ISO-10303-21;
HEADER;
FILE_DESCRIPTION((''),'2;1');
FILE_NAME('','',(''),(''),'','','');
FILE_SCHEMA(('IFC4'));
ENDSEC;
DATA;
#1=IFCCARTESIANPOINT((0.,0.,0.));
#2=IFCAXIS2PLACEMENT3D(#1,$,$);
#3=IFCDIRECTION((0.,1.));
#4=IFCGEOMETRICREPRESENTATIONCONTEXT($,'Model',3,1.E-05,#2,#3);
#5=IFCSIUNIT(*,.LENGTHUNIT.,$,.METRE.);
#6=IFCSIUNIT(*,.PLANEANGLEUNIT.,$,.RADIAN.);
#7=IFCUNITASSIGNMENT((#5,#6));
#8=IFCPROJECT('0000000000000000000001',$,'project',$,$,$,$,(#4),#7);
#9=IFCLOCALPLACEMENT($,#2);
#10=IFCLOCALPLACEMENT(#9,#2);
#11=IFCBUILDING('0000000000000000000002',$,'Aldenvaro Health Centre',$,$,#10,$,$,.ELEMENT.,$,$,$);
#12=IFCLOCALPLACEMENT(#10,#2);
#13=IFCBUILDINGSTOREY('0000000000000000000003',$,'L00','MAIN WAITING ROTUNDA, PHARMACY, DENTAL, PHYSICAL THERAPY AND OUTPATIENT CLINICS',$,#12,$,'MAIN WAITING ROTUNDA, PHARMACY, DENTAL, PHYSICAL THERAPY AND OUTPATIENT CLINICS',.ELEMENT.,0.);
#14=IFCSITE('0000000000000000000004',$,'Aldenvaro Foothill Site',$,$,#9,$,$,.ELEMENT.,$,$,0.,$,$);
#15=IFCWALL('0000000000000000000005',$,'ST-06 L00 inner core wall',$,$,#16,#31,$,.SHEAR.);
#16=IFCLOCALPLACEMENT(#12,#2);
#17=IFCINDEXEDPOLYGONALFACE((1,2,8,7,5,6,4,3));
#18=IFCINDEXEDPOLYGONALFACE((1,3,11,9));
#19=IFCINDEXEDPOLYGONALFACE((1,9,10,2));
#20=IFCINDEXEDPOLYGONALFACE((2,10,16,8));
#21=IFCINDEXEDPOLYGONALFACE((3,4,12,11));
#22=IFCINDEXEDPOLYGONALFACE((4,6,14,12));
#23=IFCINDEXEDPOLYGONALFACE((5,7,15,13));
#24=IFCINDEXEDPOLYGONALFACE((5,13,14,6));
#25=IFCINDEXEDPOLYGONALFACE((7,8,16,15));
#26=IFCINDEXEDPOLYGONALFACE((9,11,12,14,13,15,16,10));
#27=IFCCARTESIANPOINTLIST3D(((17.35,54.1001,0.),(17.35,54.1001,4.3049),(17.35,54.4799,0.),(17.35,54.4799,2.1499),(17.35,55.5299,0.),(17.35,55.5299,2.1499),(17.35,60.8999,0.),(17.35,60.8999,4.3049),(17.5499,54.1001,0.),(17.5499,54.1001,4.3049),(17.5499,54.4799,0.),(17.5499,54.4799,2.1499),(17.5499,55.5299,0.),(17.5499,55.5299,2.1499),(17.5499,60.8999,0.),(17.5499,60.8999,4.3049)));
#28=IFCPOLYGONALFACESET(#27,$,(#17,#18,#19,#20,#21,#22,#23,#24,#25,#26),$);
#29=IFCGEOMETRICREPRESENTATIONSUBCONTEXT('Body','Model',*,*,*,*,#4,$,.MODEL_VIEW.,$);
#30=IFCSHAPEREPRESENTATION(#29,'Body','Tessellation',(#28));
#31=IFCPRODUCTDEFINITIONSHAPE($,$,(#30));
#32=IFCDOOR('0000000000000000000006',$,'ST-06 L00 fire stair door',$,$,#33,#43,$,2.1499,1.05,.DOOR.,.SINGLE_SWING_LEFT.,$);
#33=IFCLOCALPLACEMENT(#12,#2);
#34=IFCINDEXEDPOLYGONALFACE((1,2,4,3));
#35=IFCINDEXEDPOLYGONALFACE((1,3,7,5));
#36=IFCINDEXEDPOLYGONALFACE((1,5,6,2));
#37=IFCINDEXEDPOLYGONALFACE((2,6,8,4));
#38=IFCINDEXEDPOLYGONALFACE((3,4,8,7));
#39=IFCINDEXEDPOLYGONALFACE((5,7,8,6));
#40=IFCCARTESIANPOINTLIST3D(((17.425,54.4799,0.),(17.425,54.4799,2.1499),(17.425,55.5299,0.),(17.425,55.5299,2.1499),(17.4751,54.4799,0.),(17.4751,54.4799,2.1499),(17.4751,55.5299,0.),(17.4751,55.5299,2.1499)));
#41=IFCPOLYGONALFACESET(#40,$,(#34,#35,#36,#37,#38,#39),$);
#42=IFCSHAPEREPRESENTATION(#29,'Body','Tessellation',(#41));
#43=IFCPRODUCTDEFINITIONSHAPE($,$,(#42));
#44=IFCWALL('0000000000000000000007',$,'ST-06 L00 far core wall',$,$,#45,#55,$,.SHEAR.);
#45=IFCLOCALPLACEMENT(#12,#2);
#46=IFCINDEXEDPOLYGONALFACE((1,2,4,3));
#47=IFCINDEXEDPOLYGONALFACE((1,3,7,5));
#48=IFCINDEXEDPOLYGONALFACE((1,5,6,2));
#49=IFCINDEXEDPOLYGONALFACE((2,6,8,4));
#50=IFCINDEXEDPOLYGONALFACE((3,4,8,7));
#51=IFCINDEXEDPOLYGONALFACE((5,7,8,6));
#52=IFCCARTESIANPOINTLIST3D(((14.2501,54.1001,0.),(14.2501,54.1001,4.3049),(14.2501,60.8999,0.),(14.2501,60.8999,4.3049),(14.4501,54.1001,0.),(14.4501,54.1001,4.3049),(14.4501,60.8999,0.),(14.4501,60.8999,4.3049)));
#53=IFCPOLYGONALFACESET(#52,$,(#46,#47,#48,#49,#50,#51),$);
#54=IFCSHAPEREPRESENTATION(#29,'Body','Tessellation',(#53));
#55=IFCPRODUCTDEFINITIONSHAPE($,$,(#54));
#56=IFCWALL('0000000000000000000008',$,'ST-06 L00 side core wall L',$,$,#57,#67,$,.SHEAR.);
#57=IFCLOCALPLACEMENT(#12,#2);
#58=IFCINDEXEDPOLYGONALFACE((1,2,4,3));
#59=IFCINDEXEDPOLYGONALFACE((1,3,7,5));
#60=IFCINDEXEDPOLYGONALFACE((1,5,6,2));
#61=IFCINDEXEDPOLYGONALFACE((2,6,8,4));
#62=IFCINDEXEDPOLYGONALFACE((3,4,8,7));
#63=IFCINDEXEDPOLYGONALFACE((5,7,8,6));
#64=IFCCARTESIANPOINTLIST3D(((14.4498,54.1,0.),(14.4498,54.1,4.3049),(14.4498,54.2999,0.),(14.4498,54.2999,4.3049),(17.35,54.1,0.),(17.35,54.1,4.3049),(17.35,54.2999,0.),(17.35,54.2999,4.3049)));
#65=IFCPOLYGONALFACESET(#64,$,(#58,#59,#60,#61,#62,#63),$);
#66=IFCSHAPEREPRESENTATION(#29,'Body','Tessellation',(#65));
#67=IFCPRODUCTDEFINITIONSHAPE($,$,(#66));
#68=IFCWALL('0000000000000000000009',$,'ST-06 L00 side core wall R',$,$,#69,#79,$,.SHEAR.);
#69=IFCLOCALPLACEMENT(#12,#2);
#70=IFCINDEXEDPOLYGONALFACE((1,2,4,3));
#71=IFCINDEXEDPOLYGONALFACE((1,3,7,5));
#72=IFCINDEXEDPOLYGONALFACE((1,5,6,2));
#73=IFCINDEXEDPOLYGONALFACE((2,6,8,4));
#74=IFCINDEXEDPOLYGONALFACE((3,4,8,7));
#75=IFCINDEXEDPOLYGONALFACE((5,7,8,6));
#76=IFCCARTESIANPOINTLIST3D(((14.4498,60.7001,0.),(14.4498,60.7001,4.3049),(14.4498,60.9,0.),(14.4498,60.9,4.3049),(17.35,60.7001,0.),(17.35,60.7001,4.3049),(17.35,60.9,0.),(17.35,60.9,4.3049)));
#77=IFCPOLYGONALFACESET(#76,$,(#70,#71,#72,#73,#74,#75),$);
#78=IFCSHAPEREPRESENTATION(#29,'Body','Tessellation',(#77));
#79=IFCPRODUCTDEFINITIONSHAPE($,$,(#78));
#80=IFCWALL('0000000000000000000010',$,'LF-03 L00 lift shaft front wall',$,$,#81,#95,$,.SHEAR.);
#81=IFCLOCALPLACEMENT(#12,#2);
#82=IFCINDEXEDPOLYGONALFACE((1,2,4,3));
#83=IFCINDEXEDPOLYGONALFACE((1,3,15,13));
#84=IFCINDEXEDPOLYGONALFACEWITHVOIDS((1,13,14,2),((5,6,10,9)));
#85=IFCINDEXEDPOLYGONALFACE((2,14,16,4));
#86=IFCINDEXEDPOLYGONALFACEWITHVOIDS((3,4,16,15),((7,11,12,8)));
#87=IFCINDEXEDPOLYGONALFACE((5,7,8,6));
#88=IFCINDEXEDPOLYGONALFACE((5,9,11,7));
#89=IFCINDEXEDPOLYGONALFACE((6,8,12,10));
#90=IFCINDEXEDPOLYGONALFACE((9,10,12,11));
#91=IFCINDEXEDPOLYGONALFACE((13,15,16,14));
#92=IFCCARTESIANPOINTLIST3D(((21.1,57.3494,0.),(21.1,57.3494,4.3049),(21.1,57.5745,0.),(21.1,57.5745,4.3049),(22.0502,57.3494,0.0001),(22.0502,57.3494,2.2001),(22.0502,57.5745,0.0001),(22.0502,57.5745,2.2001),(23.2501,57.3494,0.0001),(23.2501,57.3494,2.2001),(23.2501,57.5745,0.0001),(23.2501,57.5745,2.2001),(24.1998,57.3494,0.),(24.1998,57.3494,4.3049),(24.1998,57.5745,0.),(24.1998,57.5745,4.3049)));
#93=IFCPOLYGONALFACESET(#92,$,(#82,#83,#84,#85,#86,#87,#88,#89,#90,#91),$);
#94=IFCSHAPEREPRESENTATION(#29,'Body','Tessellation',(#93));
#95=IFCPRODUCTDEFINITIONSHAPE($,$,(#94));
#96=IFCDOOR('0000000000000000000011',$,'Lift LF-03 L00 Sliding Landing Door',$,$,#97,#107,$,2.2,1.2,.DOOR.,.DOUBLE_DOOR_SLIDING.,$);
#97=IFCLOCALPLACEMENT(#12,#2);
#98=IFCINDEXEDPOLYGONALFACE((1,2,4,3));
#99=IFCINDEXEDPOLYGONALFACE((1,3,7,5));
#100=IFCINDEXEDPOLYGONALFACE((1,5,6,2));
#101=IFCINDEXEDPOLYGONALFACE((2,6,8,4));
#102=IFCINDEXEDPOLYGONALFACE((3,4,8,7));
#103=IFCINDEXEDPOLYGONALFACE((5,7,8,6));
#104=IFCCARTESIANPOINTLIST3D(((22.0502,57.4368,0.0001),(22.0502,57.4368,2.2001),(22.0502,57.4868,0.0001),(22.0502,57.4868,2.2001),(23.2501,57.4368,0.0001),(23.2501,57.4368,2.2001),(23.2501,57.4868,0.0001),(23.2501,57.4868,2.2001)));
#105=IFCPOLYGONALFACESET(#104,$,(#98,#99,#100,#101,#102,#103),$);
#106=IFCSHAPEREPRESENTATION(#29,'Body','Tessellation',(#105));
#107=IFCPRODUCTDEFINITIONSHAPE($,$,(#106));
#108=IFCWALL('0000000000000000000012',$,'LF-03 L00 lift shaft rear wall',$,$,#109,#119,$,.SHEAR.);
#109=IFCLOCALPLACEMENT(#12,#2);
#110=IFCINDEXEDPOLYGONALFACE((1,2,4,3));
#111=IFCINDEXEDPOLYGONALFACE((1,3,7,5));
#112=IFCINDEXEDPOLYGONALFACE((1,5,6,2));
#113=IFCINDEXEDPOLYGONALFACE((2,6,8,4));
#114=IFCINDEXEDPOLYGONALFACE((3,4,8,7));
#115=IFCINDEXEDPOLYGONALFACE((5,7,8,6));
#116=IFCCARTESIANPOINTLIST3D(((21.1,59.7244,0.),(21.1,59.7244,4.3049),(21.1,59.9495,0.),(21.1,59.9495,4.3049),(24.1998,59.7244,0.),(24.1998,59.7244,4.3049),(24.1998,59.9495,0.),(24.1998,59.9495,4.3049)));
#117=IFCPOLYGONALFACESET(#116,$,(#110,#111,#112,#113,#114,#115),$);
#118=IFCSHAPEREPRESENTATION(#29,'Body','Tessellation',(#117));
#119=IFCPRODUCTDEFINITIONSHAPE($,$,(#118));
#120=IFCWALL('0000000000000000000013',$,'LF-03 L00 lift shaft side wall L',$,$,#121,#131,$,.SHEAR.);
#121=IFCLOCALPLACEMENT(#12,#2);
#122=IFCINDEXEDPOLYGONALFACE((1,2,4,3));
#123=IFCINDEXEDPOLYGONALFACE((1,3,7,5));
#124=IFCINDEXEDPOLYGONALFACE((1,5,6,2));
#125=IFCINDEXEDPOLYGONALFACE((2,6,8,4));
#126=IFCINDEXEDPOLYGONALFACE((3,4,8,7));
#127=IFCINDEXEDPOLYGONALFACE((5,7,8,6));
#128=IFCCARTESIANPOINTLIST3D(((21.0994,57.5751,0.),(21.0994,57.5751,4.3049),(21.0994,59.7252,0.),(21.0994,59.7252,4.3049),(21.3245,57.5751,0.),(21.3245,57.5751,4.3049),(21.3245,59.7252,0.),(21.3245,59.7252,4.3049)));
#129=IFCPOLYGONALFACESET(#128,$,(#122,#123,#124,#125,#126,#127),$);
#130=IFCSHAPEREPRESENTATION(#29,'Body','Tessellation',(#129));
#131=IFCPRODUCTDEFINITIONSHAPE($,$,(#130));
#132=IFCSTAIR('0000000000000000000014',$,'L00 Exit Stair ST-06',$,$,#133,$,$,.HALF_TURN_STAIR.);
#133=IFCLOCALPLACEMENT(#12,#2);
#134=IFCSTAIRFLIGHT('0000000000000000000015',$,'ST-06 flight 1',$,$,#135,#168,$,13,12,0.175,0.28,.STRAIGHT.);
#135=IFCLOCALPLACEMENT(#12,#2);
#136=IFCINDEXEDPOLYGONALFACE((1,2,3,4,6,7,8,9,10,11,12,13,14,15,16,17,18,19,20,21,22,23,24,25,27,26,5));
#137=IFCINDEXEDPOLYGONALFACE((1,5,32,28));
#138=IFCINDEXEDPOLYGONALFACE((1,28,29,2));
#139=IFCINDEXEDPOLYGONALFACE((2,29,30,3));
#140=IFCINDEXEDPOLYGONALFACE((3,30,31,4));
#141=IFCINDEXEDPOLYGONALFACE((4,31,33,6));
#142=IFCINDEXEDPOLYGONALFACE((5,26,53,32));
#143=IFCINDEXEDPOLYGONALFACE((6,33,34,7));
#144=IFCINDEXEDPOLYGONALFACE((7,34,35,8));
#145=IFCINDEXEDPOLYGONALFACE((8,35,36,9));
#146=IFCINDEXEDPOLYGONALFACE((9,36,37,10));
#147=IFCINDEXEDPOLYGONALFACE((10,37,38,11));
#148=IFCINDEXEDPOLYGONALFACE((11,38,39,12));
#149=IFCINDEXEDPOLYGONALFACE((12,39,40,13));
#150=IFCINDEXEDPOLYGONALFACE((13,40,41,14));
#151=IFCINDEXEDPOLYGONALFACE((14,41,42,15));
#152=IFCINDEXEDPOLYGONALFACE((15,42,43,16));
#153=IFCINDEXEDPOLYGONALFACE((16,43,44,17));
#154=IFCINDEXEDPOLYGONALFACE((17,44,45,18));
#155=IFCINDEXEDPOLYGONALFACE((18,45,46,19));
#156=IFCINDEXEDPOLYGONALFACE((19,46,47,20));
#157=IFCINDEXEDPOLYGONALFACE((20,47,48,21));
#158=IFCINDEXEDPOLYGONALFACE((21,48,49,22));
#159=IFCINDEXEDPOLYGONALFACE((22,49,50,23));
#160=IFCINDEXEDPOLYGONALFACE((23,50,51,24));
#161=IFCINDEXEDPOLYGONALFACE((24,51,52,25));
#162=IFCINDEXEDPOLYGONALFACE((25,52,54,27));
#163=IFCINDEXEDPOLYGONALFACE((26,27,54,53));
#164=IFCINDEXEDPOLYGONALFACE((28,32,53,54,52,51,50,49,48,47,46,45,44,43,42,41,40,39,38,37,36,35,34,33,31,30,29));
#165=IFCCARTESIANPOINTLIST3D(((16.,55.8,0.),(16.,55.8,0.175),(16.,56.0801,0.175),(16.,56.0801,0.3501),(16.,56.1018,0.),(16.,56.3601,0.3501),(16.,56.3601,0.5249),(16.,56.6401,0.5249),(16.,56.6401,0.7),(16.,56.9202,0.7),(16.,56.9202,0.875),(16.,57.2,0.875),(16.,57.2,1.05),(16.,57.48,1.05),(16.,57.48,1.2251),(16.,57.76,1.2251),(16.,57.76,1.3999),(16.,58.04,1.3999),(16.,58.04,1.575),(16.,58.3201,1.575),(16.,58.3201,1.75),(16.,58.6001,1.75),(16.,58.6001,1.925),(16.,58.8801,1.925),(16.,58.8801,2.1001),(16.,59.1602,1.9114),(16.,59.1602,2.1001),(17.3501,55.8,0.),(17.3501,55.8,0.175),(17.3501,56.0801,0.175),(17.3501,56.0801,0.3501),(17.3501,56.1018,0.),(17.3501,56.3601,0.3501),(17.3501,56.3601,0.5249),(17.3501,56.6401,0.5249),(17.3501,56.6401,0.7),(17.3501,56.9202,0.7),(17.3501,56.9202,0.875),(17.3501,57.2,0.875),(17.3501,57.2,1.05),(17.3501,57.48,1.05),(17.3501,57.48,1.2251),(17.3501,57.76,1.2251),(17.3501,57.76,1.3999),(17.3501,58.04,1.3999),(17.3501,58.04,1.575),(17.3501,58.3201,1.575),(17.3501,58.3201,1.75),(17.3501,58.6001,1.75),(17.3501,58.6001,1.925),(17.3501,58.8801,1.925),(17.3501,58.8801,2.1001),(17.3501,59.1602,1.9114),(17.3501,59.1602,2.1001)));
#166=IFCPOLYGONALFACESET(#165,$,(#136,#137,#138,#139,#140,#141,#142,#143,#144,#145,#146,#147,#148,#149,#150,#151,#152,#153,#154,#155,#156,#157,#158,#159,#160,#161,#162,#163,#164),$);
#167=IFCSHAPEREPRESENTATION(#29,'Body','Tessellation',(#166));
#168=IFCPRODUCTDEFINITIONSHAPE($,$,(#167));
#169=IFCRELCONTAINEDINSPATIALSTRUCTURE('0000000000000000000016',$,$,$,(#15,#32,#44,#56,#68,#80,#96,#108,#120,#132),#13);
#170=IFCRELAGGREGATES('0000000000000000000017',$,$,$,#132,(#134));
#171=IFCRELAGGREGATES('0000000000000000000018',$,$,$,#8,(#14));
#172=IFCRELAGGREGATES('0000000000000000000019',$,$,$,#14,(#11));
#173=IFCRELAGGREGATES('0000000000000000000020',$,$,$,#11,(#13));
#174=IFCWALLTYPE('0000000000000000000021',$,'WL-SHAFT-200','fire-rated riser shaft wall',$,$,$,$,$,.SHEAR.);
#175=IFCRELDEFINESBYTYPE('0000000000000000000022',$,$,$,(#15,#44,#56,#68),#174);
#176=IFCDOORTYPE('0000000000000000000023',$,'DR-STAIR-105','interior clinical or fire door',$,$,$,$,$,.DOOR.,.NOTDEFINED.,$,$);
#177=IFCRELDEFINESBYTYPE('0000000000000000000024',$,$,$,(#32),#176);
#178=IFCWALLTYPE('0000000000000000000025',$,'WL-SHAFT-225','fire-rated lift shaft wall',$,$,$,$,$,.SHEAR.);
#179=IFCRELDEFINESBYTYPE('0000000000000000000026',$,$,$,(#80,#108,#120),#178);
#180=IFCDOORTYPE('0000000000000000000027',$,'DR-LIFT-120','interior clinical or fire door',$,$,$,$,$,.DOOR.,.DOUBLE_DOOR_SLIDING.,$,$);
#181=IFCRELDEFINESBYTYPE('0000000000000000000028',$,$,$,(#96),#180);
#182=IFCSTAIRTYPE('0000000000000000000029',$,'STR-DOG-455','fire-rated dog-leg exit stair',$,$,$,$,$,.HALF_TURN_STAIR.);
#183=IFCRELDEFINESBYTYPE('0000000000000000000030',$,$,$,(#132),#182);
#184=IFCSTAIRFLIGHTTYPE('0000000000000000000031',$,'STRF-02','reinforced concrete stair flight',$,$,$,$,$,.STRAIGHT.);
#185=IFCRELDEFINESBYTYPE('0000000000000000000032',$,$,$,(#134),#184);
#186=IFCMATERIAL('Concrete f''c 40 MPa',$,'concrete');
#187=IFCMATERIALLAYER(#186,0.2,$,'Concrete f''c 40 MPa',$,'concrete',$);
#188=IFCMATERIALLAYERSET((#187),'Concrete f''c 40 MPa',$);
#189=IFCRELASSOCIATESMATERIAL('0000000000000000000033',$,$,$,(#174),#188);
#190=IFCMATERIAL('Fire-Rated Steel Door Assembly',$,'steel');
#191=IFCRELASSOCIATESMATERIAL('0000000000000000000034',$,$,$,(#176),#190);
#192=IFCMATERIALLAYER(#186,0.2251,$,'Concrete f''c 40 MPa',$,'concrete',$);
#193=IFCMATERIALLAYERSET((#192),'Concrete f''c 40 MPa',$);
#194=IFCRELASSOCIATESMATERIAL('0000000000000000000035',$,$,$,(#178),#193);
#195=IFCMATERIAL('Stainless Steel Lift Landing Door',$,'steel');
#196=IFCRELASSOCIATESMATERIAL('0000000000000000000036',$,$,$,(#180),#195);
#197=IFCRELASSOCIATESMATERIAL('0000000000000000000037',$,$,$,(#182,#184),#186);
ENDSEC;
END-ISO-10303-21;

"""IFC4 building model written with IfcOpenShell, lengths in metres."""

from ifc_helpers import new_model, si_unit, direction, frame, frame_2d, origin, place, context, subcontext, project, spatial, polyline, rectangle, outline, extrude, material, layer, layer_set, type_object, element, fill, aggregate, save


model = new_model("IFC4")

# Units and contexts
model_context = context("Model", 3, precision=1e-05, world=origin(), true_north=direction((0.0, 1.0)))
body_context = subcontext(model_context, "Body", "Model", "MODEL_VIEW")
ifc_project = project(units=[si_unit("LENGTHUNIT", "METRE"), si_unit("PLANEANGLEUNIT", "RADIAN")], contexts=[model_context])

# Site, building, storey
site_placement = place(None, origin())
site = spatial("IfcSite", under=ifc_project, at=site_placement, Name="Aldenvaro Foothill Site", CompositionType="ELEMENT", RefElevation=0.0)
building_placement = place(site_placement, origin())
building = spatial("IfcBuilding", under=site, at=building_placement, Name="Aldenvaro Health Centre", CompositionType="ELEMENT")
storey_placement = place(building_placement, origin())
storey = spatial("IfcBuildingStorey", under=building, at=storey_placement, Name="L00", Description="MAIN WAITING ROTUNDA, PHARMACY, DENTAL, PHYSICAL THERAPY AND OUTPATIENT CLINICS", LongName="MAIN WAITING ROTUNDA, PHARMACY, DENTAL, PHYSICAL THERAPY AND OUTPATIENT CLINICS", CompositionType="ELEMENT", Elevation=0.0)

# Shared definitions
ifc_material_1 = material(Name="Concrete f'c 40 MPa", Category="concrete")

# Wall, opening, door
ifc_layer_1 = layer(ifc_material_1, 0.2, Name="Concrete f'c 40 MPa", Category="concrete")
ifc_layer_set_1 = layer_set([ifc_layer_1], Name="Concrete f'c 40 MPa")
wall_type_1 = type_object("IfcWallType", Name="WL-SHAFT-200", Description="fire-rated riser shaft wall", PredefinedType="SHEAR", material=ifc_layer_set_1)
wall_1_placement = place(storey_placement, frame((17.45, 54.1001, 0.0), z_axis=(0.0, 0.0, 1.0), x_axis=(0.0, 1.0, 0.0)))
wall_1 = element("IfcWall", 1, at=wall_1_placement, inside=storey, type_object=wall_type_1, Name="ST-06 L00 inner core wall", PredefinedType="SHEAR", context=body_context, shape_type="SweptSolid", body=[
    extrude(rectangle(XDim=6.7998, YDim=0.2, at=frame_2d((3.3999, 0.0))), origin(), (0.0, 0.0, 1.0), 4.3049),
])
opening_1_placement = place(wall_1_placement, frame((0.3799, 0.0, 0.0)))
opening_1 = element("IfcOpeningElement", 2, at=opening_1_placement, cuts=wall_1, PredefinedType="OPENING", context=body_context, shape_type="SweptSolid", body=[
    extrude(rectangle(XDim=1.05, YDim=2.1499, at=frame_2d((0.5249, 1.075))), frame((0.0, 0.1099, 0.0), z_axis=(0.0, -1.0, 0.0), x_axis=(1.0, 0.0, 0.0)), (0.0, 0.0, 1.0), 0.22),
])
ifc_material_2 = material(Name="Fire-Rated Steel Door Assembly", Category="steel")
door_type_1 = type_object("IfcDoorType", Name="DR-STAIR-105", Description="interior clinical or fire door", OperationType="NOTDEFINED", PredefinedType="DOOR", material=ifc_material_2)
door_1_placement = place(opening_1_placement, origin())
door_1 = element("IfcDoor", 3, at=door_1_placement, inside=storey, type_object=door_type_1, Name="ST-06 L00 fire stair door", OperationType="SINGLE_SWING_LEFT", OverallHeight=2.1499, OverallWidth=1.05, PredefinedType="DOOR", context=body_context, shape_type="SweptSolid", body=[
    extrude(rectangle(XDim=1.05, YDim=2.1499, at=frame_2d((0.5249, 1.075))), frame((0.0, 0.0249, 0.0), z_axis=(0.0, -1.0, 0.0), x_axis=(1.0, 0.0, 0.0)), (0.0, 0.0, 1.0), 0.05),
])
fill(opening_1, door_1)

# Walls
wall_2_placement = place(storey_placement, frame((14.3501, 54.1001, 0.0), z_axis=(0.0, 0.0, 1.0), x_axis=(0.0, 1.0, 0.0)))
element("IfcWall", 4, at=wall_2_placement, inside=storey, type_object=wall_type_1, Name="ST-06 L00 far core wall", PredefinedType="SHEAR", context=body_context, shape_type="SweptSolid", body=[
    extrude(rectangle(XDim=6.7998, YDim=0.2, at=frame_2d((3.3999, 0.0))), origin(), (0.0, 0.0, 1.0), 4.3049),
])
for number, where, z_axis, x_axis, name in (
    (5, (17.3501, 54.2, 0.0), (0.0, 0.0, 1.0), (-1.0, 0.0, 0.0), "ST-06 L00 side core wall L"),
    (6, (17.3501, 60.8, 0.0), (0.0, 0.0, 1.0), (-1.0, 0.0, 0.0), "ST-06 L00 side core wall R"),
):
    element("IfcWall", number, at=place(storey_placement, frame(where, z_axis=z_axis, x_axis=x_axis)), inside=storey, type_object=wall_type_1, Name=name, PredefinedType="SHEAR", context=body_context, shape_type="SweptSolid", body=[
        extrude(rectangle(XDim=2.9001, YDim=0.2, at=frame_2d((1.4502, 0.0))), origin(), (0.0, 0.0, 1.0), 4.3049),
    ])

# Wall, opening, door
ifc_layer_2 = layer(ifc_material_1, 0.2251, Name="Concrete f'c 40 MPa", Category="concrete")
ifc_layer_set_2 = layer_set([ifc_layer_2], Name="Concrete f'c 40 MPa")
wall_type_2 = type_object("IfcWallType", Name="WL-SHAFT-225", Description="fire-rated lift shaft wall", PredefinedType="SHEAR", material=ifc_layer_set_2)
wall_3_placement = place(storey_placement, frame((21.1001, 57.4619, 0.0), z_axis=(0.0, 0.0, 1.0), x_axis=(1.0, 0.0, 0.0)))
wall_3 = element("IfcWall", 7, at=wall_3_placement, inside=storey, type_object=wall_type_2, Name="LF-03 L00 lift shaft front wall", PredefinedType="SHEAR", context=body_context, shape_type="SweptSolid", body=[
    extrude(rectangle(XDim=3.0999, YDim=0.2251, at=frame_2d((1.5498, 0.0))), origin(), (0.0, 0.0, 1.0), 4.3049),
])
opening_2_placement = place(wall_3_placement, frame((0.95, 0.0, 0.0)))
opening_2 = element("IfcOpeningElement", 8, at=opening_2_placement, cuts=wall_3, PredefinedType="OPENING", context=body_context, shape_type="SweptSolid", body=[
    extrude(rectangle(XDim=1.2, YDim=2.2, at=frame_2d((0.6001, 1.1001))), frame((0.0, 0.1226, 0.0), z_axis=(0.0, -1.0, 0.0), x_axis=(1.0, 0.0, 0.0)), (0.0, 0.0, 1.0), 0.2451),
])
ifc_material_3 = material(Name="Stainless Steel Lift Landing Door", Category="steel")
door_type_2 = type_object("IfcDoorType", Name="DR-LIFT-120", Description="interior clinical or fire door", OperationType="DOUBLE_DOOR_SLIDING", PredefinedType="DOOR", material=ifc_material_3)
door_2_placement = place(opening_2_placement, origin())
door_2 = element("IfcDoor", 9, at=door_2_placement, inside=storey, type_object=door_type_2, Name="Lift LF-03 L00 Sliding Landing Door", OperationType="DOUBLE_DOOR_SLIDING", OverallHeight=2.2, OverallWidth=1.2, PredefinedType="DOOR", context=body_context, shape_type="SweptSolid", body=[
    extrude(rectangle(XDim=1.2, YDim=2.2, at=frame_2d((0.6001, 1.1001))), frame((0.0, 0.0249, 0.0), z_axis=(0.0, -1.0, 0.0), x_axis=(1.0, 0.0, 0.0)), (0.0, 0.0, 1.0), 0.05),
])
fill(opening_2, door_2)

# Walls
wall_4_placement = place(storey_placement, frame((21.1001, 59.8369, 0.0), z_axis=(0.0, 0.0, 1.0), x_axis=(1.0, 0.0, 0.0)))
element("IfcWall", 10, at=wall_4_placement, inside=storey, type_object=wall_type_2, Name="LF-03 L00 lift shaft rear wall", PredefinedType="SHEAR", context=body_context, shape_type="SweptSolid", body=[
    extrude(rectangle(XDim=3.0999, YDim=0.2251, at=frame_2d((1.5498, 0.0))), origin(), (0.0, 0.0, 1.0), 4.3049),
])
wall_5_placement = place(storey_placement, frame((21.2119, 57.575, 0.0), z_axis=(0.0, 0.0, 1.0), x_axis=(0.0, 1.0, 0.0)))
element("IfcWall", 11, at=wall_5_placement, inside=storey, type_object=wall_type_2, Name="LF-03 L00 lift shaft side wall L", PredefinedType="SHEAR", context=body_context, shape_type="SweptSolid", body=[
    extrude(rectangle(XDim=2.1501, YDim=0.2251, at=frame_2d((1.0752, 0.0))), origin(), (0.0, 0.0, 1.0), 4.3049),
])

# Stair, stair flight
stair_type = type_object("IfcStairType", Name="STR-DOG-455", Description="fire-rated dog-leg exit stair", PredefinedType="HALF_TURN_STAIR", material=ifc_material_1)
stair_placement = place(storey_placement, origin())
stair = element("IfcStair", 12, at=stair_placement, inside=storey, type_object=stair_type, Name="L00 Exit Stair ST-06", PredefinedType="HALF_TURN_STAIR")
stair_flight_type = type_object("IfcStairFlightType", Name="STRF-02", Description="reinforced concrete stair flight", PredefinedType="STRAIGHT", material=ifc_material_1)
stair_flight_1_placement = place(storey_placement, frame((16.675, 55.8, 0.0), z_axis=(0.0, 0.0, 1.0), x_axis=(0.0, 1.0, 0.0)))
stair_flight_1 = element("IfcStairFlight", 13, at=stair_flight_1_placement, type_object=stair_flight_type, Name="ST-06 flight 1", NumberOfRisers=13, NumberOfTreads=12, PredefinedType="STRAIGHT", RiserHeight=0.175, TreadLength=0.28, context=body_context, shape_type="SweptSolid", body=[
    extrude(outline(polyline([(0.0, 0.0), (0.0, 0.175), (0.28, 0.175), (0.28, 0.3501), (0.5601, 0.3501), (0.5601, 0.5249), (0.8401, 0.5249), (0.8401, 0.7), (1.1201, 0.7), (1.1201, 0.875), (1.3999, 0.875), (1.3999, 1.05), (1.6799, 1.05), (1.6799, 1.2251), (1.96, 1.2251), (1.96, 1.3999), (2.24, 1.3999), (2.24, 1.575), (2.52, 1.575), (2.52, 1.75), (2.8, 1.75), (2.8, 1.925), (3.0801, 1.925), (3.0801, 2.1001), (3.3601, 2.1001), (3.3601, 2.2749), (3.3601, 1.9114), (0.3018, 0.0), (0.0, 0.0)])), frame((0.0, 0.675, 0.0), z_axis=(0.0, -1.0, 0.0), x_axis=(1.0, 0.0, 0.0)), (0.0, 0.0, 1.0), 1.3501),
])
aggregate(stair, [stair_flight_1])

save(model, "model.ifc")
